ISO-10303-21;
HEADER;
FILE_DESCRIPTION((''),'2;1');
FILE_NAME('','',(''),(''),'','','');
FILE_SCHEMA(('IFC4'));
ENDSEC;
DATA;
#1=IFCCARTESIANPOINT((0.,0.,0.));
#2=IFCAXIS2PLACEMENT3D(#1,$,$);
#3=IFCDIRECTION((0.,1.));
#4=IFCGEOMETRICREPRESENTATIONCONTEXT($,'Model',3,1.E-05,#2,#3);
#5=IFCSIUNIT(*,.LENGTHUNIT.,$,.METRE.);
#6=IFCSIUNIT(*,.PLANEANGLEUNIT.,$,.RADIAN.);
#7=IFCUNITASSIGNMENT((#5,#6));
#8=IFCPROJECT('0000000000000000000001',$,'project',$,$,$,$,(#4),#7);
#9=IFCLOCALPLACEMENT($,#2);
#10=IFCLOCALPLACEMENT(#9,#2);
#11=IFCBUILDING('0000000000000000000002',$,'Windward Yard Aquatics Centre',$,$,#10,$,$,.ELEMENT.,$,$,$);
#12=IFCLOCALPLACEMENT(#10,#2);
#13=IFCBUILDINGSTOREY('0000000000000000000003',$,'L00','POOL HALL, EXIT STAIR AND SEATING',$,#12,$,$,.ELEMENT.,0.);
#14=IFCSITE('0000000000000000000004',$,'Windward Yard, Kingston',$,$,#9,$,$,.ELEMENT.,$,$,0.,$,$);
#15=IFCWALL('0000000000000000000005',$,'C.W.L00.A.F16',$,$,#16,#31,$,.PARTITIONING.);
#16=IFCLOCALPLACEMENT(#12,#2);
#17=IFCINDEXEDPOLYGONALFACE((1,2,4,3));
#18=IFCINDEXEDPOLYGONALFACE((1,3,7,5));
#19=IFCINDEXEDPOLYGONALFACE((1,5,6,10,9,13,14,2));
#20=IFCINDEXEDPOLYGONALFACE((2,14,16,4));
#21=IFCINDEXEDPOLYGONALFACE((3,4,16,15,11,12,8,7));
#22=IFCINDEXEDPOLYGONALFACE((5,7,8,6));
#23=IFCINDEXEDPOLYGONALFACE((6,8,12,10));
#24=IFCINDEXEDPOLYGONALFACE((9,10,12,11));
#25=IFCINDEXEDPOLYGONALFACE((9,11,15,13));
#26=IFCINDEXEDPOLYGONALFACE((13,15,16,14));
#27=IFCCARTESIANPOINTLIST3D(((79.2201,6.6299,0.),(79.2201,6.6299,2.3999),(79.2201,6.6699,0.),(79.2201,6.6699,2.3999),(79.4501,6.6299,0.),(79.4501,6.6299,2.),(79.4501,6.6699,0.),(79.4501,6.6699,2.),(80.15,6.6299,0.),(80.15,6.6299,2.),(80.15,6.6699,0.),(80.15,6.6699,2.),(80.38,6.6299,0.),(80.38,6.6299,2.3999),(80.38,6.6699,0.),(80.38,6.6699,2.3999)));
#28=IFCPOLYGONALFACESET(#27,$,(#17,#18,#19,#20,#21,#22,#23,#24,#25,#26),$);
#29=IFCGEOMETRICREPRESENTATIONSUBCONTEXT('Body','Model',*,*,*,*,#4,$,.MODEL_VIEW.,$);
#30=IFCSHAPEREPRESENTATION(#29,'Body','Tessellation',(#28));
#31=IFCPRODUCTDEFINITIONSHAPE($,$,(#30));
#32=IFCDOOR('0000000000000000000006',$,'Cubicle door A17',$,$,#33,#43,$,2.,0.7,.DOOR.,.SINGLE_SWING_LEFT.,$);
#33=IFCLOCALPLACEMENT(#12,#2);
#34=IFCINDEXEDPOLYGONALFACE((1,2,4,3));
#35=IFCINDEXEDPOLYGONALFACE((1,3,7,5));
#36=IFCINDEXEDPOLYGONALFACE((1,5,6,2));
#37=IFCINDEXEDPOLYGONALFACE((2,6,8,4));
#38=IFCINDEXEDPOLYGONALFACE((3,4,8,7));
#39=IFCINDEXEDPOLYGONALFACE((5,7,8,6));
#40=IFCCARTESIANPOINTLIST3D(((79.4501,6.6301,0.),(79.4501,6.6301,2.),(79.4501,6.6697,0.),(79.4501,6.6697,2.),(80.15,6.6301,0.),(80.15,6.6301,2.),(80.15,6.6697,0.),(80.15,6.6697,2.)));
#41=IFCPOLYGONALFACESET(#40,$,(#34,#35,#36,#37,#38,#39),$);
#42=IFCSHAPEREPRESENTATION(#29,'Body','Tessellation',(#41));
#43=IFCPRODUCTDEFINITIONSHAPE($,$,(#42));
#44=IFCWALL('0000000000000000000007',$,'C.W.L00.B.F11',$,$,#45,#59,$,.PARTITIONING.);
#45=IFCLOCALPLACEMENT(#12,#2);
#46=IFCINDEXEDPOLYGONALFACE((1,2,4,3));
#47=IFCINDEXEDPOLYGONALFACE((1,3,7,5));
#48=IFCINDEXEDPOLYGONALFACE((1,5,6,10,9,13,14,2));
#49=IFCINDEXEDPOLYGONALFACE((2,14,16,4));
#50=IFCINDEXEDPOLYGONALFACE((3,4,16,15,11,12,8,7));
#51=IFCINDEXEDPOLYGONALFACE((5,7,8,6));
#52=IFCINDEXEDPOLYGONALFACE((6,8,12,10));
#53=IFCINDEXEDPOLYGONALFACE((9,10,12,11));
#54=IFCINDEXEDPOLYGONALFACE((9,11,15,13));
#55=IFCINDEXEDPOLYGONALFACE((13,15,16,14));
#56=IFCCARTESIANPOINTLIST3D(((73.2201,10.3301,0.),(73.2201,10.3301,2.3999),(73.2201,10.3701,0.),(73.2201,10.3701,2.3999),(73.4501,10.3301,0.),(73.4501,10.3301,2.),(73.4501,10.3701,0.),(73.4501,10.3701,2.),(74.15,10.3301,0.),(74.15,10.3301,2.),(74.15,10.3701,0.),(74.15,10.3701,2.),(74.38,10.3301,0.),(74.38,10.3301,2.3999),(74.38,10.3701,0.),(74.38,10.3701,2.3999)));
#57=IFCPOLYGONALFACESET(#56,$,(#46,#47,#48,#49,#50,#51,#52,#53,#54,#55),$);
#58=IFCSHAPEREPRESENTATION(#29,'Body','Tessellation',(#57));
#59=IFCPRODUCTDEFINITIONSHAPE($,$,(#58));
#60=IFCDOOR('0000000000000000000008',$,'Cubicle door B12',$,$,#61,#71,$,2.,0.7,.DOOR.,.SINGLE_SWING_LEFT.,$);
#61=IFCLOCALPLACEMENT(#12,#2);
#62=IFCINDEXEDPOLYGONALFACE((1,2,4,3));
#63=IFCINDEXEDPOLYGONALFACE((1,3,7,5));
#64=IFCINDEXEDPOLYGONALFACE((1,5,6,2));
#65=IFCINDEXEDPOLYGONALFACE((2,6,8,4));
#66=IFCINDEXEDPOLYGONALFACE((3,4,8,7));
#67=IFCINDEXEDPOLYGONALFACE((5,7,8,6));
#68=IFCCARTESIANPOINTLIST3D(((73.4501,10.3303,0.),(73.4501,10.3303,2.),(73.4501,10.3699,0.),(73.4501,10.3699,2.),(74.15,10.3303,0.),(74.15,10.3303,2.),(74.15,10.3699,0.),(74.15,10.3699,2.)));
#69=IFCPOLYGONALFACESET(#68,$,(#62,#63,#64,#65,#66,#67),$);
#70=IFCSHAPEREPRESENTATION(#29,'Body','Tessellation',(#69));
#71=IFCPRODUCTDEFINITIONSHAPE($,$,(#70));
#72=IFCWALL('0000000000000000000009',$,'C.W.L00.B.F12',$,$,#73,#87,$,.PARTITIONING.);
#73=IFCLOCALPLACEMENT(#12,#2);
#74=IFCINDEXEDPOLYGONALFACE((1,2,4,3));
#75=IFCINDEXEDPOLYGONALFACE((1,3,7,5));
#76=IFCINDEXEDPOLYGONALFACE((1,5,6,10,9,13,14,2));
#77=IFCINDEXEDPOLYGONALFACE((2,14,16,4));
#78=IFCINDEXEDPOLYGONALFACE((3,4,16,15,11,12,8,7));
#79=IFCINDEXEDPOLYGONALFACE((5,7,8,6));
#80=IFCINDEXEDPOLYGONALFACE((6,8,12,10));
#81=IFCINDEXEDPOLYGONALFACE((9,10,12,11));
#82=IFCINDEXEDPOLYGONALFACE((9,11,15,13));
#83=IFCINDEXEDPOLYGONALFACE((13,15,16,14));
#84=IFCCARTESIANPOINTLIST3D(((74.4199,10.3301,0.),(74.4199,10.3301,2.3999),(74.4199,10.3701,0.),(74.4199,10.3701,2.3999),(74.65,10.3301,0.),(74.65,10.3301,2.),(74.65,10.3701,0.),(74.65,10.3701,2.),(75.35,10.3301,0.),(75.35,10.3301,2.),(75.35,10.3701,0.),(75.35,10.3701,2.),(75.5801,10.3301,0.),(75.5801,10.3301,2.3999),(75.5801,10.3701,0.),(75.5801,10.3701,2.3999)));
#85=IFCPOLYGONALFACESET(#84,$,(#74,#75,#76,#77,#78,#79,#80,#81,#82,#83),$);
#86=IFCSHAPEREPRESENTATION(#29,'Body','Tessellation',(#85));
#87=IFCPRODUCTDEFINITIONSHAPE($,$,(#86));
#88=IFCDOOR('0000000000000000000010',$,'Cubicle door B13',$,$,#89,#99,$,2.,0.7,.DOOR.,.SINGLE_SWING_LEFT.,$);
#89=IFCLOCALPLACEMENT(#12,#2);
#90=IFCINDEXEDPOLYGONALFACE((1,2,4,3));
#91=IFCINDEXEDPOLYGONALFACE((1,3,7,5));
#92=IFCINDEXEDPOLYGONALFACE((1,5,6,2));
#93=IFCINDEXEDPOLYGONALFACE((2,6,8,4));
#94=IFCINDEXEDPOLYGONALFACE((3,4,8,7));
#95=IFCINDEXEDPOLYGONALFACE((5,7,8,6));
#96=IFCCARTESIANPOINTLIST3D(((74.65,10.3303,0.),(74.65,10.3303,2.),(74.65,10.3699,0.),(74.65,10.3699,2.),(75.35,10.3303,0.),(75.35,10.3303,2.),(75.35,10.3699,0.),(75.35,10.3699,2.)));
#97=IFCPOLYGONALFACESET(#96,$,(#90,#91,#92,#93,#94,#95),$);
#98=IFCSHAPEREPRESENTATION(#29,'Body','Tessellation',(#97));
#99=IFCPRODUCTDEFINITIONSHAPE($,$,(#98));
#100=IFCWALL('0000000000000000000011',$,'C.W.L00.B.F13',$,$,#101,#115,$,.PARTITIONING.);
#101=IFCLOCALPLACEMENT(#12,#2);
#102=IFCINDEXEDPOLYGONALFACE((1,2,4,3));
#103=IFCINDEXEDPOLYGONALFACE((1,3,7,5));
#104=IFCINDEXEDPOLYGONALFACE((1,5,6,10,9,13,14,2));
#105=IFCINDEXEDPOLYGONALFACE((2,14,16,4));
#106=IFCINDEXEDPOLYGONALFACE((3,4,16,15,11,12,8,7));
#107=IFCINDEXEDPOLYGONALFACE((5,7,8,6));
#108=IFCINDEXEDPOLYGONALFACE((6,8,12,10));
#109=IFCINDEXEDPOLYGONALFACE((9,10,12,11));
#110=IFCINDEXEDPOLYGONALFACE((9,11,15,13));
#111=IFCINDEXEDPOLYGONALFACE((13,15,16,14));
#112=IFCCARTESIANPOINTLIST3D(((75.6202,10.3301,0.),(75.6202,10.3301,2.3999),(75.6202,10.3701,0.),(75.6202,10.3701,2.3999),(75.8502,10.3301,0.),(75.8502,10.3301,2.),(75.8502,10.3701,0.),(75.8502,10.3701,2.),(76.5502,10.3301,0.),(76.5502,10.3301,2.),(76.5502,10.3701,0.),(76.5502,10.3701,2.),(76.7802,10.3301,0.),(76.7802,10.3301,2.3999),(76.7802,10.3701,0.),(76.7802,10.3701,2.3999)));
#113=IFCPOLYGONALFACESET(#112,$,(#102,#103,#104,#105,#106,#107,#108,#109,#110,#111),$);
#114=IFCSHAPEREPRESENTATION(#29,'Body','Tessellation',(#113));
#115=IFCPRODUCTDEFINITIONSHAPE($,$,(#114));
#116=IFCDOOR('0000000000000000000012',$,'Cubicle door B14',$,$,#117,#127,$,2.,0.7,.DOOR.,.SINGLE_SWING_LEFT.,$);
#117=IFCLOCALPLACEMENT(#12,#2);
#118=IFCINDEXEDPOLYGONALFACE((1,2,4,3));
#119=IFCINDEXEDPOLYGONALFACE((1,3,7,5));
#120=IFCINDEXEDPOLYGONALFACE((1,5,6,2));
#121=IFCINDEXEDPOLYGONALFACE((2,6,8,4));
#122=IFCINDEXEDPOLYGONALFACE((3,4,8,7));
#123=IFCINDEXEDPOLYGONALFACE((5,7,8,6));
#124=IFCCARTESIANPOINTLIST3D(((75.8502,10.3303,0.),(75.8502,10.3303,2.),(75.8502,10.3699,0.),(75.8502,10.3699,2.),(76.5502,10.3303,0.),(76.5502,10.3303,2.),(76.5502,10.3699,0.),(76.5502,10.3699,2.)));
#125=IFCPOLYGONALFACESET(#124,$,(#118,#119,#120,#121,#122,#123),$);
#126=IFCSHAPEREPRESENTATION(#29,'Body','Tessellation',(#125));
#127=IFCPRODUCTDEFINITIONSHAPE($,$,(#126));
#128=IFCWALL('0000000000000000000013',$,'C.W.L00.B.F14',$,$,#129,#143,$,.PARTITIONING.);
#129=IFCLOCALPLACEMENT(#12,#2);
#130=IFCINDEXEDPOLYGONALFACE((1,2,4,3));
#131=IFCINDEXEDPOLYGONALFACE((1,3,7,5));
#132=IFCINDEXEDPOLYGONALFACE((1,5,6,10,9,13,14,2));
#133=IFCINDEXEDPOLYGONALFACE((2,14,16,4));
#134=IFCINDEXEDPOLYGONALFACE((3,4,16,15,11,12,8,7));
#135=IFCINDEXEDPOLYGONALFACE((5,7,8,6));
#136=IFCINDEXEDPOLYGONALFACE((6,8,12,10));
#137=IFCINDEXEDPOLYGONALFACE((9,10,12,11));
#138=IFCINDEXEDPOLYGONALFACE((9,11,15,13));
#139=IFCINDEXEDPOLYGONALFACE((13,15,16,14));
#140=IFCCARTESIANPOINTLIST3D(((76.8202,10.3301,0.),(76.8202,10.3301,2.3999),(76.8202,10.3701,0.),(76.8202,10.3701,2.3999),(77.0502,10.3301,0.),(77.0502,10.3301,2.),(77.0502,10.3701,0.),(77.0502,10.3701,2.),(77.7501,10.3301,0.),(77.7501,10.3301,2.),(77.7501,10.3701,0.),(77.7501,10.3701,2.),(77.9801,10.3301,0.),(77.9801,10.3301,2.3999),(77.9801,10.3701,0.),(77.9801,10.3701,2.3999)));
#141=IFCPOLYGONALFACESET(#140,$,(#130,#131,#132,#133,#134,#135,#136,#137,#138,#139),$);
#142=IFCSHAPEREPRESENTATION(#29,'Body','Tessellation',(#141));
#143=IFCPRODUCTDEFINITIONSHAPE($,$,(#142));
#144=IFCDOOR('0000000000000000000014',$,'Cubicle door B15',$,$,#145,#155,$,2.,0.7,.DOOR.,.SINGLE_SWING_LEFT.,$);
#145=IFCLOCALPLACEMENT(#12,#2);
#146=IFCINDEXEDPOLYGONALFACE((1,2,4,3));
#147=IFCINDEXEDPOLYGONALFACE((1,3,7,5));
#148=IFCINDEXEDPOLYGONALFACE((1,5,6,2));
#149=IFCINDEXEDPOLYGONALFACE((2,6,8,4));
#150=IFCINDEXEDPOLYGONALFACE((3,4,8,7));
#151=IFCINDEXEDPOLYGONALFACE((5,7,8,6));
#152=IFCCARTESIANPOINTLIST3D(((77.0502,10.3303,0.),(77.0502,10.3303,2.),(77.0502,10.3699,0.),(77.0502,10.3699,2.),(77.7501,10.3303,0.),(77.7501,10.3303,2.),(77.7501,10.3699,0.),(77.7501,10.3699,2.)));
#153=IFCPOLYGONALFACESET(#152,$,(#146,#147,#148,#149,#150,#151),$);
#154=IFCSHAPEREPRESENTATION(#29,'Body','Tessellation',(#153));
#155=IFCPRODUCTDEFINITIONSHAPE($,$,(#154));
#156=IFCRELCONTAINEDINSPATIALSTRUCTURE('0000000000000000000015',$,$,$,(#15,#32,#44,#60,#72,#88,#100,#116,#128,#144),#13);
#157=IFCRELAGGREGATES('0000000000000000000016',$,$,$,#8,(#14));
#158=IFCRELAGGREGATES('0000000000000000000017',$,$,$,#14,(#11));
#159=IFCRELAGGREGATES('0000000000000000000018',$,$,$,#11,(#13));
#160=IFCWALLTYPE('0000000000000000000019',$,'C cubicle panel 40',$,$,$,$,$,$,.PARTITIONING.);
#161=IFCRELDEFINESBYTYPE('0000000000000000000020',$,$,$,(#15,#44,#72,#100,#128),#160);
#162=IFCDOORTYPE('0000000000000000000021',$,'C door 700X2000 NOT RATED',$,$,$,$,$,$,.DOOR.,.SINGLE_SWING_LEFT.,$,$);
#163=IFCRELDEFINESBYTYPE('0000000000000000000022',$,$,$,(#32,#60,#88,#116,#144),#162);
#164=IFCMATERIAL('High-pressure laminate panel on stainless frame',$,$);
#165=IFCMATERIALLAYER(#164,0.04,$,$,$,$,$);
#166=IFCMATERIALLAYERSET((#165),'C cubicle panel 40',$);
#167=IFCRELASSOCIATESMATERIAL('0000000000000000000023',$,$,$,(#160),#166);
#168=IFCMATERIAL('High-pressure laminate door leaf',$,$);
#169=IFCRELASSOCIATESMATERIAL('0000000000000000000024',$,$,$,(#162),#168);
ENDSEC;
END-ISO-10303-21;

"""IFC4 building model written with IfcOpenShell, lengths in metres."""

from ifc_helpers import new_model, si_unit, direction, frame, frame_2d, origin, place, context, subcontext, project, spatial, rectangle, extrude, material, layer, layer_set, type_object, element, fill, save


model = new_model("IFC4")

# Units and contexts
model_context = context("Model", 3, precision=1e-05, world=origin(), true_north=direction((0.0, 1.0)))
body_context = subcontext(model_context, "Body", "Model", "MODEL_VIEW")
ifc_project = project(units=[si_unit("LENGTHUNIT", "METRE"), si_unit("PLANEANGLEUNIT", "RADIAN")], contexts=[model_context])

# Site, building, storey
site_placement = place(None, origin())
site = spatial("IfcSite", under=ifc_project, at=site_placement, Name="Windward Yard, Kingston", CompositionType="ELEMENT", RefElevation=0.0)
building_placement = place(site_placement, origin())
building = spatial("IfcBuilding", under=site, at=building_placement, Name="Windward Yard Aquatics Centre", CompositionType="ELEMENT")
storey_placement = place(building_placement, origin())
storey = spatial("IfcBuildingStorey", under=building, at=storey_placement, Name="L00", Description="POOL HALL, EXIT STAIR AND SEATING", CompositionType="ELEMENT", Elevation=0.0)

# Shared definitions
ifc_material_1 = material(Name="High-pressure laminate panel on stainless frame")
ifc_layer = layer(ifc_material_1, 0.04)
ifc_layer_set = layer_set([ifc_layer], Name="C cubicle panel 40")
wall_type = type_object("IfcWallType", Name="C cubicle panel 40", PredefinedType="PARTITIONING", material=ifc_layer_set)

# Walls, openings, doors
ifc_material_2 = material(Name="High-pressure laminate door leaf")
door_type = type_object("IfcDoorType", Name="C door 700X2000 NOT RATED", OperationType="SINGLE_SWING_LEFT", PredefinedType="DOOR", material=ifc_material_2)
wall_1_placement = place(storey_placement, frame((79.22, 6.6499, 0.0), z_axis=(0.0, 0.0, 1.0), x_axis=(1.0, 0.0, 0.0)))
wall_1 = element("IfcWall", 1, at=wall_1_placement, inside=storey, type_object=wall_type, Name="C.W.L00.A.F16", PredefinedType="PARTITIONING", context=body_context, shape_type="SweptSolid", body=[
    extrude(rectangle(XDim=1.1599, YDim=0.04, at=frame_2d((0.5801, 0.0))), origin(), (0.0, 0.0, 1.0), 2.3999),
])
opening_1_placement = place(wall_1_placement, frame((0.23, 0.0, 0.0)))
opening_1 = element("IfcOpeningElement", 2, at=opening_1_placement, cuts=wall_1, PredefinedType="OPENING", context=body_context, shape_type="SweptSolid", body=[
    extrude(rectangle(XDim=0.7, YDim=2.0, at=frame_2d((0.3501, 1.0))), frame((0.0, 0.03, 0.0), z_axis=(0.0, -1.0, 0.0), x_axis=(1.0, 0.0, 0.0)), (0.0, 0.0, 1.0), 0.0601),
])
door_1_placement = place(opening_1_placement, origin())
door_1 = element("IfcDoor", 3, at=door_1_placement, inside=storey, type_object=door_type, Name="Cubicle door A17", OperationType="SINGLE_SWING_LEFT", OverallHeight=2.0, OverallWidth=0.7, PredefinedType="DOOR", context=body_context, shape_type="SweptSolid", body=[
    extrude(rectangle(XDim=0.7, YDim=2.0, at=frame_2d((0.3501, 1.0))), frame((0.0, 0.0198, 0.0), z_axis=(0.0, -1.0, 0.0), x_axis=(1.0, 0.0, 0.0)), (0.0, 0.0, 1.0), 0.0396),
])
fill(opening_1, door_1)
wall_2_placement = place(storey_placement, frame((73.22, 10.3501, 0.0), z_axis=(0.0, 0.0, 1.0), x_axis=(1.0, 0.0, 0.0)))
wall_2 = element("IfcWall", 4, at=wall_2_placement, inside=storey, type_object=wall_type, Name="C.W.L00.B.F11", PredefinedType="PARTITIONING", context=body_context, shape_type="SweptSolid", body=[
    extrude(rectangle(XDim=1.1599, YDim=0.04, at=frame_2d((0.5801, 0.0))), origin(), (0.0, 0.0, 1.0), 2.3999),
])
opening_2_placement = place(wall_2_placement, frame((0.23, 0.0, 0.0)))
opening_2 = element("IfcOpeningElement", 5, at=opening_2_placement, cuts=wall_2, PredefinedType="OPENING", context=body_context, shape_type="SweptSolid", body=[
    extrude(rectangle(XDim=0.7, YDim=2.0, at=frame_2d((0.3501, 1.0))), frame((0.0, 0.03, 0.0), z_axis=(0.0, -1.0, 0.0), x_axis=(1.0, 0.0, 0.0)), (0.0, 0.0, 1.0), 0.0601),
])
door_2_placement = place(opening_2_placement, origin())
door_2 = element("IfcDoor", 6, at=door_2_placement, inside=storey, type_object=door_type, Name="Cubicle door B12", OperationType="SINGLE_SWING_LEFT", OverallHeight=2.0, OverallWidth=0.7, PredefinedType="DOOR", context=body_context, shape_type="SweptSolid", body=[
    extrude(rectangle(XDim=0.7, YDim=2.0, at=frame_2d((0.3501, 1.0))), frame((0.0, 0.0198, 0.0), z_axis=(0.0, -1.0, 0.0), x_axis=(1.0, 0.0, 0.0)), (0.0, 0.0, 1.0), 0.0396),
])
fill(opening_2, door_2)
wall_3_placement = place(storey_placement, frame((74.4199, 10.3501, 0.0), z_axis=(0.0, 0.0, 1.0), x_axis=(1.0, 0.0, 0.0)))
wall_3 = element("IfcWall", 7, at=wall_3_placement, inside=storey, type_object=wall_type, Name="C.W.L00.B.F12", PredefinedType="PARTITIONING", context=body_context, shape_type="SweptSolid", body=[
    extrude(rectangle(XDim=1.1602, YDim=0.04, at=frame_2d((0.5801, 0.0))), origin(), (0.0, 0.0, 1.0), 2.3999),
])
opening_3_placement = place(wall_3_placement, frame((0.23, 0.0, 0.0)))
opening_3 = element("IfcOpeningElement", 8, at=opening_3_placement, cuts=wall_3, PredefinedType="OPENING", context=body_context, shape_type="SweptSolid", body=[
    extrude(rectangle(XDim=0.7, YDim=2.0, at=frame_2d((0.3501, 1.0))), frame((0.0, 0.03, 0.0), z_axis=(0.0, -1.0, 0.0), x_axis=(1.0, 0.0, 0.0)), (0.0, 0.0, 1.0), 0.0601),
])
door_3_placement = place(opening_3_placement, origin())
door_3 = element("IfcDoor", 9, at=door_3_placement, inside=storey, type_object=door_type, Name="Cubicle door B13", OperationType="SINGLE_SWING_LEFT", OverallHeight=2.0, OverallWidth=0.7, PredefinedType="DOOR", context=body_context, shape_type="SweptSolid", body=[
    extrude(rectangle(XDim=0.7, YDim=2.0, at=frame_2d((0.3501, 1.0))), frame((0.0, 0.0198, 0.0), z_axis=(0.0, -1.0, 0.0), x_axis=(1.0, 0.0, 0.0)), (0.0, 0.0, 1.0), 0.0396),
])
fill(opening_3, door_3)
wall_4_placement = place(storey_placement, frame((75.6201, 10.3501, 0.0), z_axis=(0.0, 0.0, 1.0), x_axis=(1.0, 0.0, 0.0)))
wall_4 = element("IfcWall", 10, at=wall_4_placement, inside=storey, type_object=wall_type, Name="C.W.L00.B.F13", PredefinedType="PARTITIONING", context=body_context, shape_type="SweptSolid", body=[
    extrude(rectangle(XDim=1.1599, YDim=0.04, at=frame_2d((0.5801, 0.0))), origin(), (0.0, 0.0, 1.0), 2.3999),
])
opening_4_placement = place(wall_4_placement, frame((0.23, 0.0, 0.0)))
opening_4 = element("IfcOpeningElement", 11, at=opening_4_placement, cuts=wall_4, PredefinedType="OPENING", context=body_context, shape_type="SweptSolid", body=[
    extrude(rectangle(XDim=0.7, YDim=2.0, at=frame_2d((0.3501, 1.0))), frame((0.0, 0.03, 0.0), z_axis=(0.0, -1.0, 0.0), x_axis=(1.0, 0.0, 0.0)), (0.0, 0.0, 1.0), 0.0601),
])
door_4_placement = place(opening_4_placement, origin())
door_4 = element("IfcDoor", 12, at=door_4_placement, inside=storey, type_object=door_type, Name="Cubicle door B14", OperationType="SINGLE_SWING_LEFT", OverallHeight=2.0, OverallWidth=0.7, PredefinedType="DOOR", context=body_context, shape_type="SweptSolid", body=[
    extrude(rectangle(XDim=0.7, YDim=2.0, at=frame_2d((0.3501, 1.0))), frame((0.0, 0.0198, 0.0), z_axis=(0.0, -1.0, 0.0), x_axis=(1.0, 0.0, 0.0)), (0.0, 0.0, 1.0), 0.0396),
])
fill(opening_4, door_4)
wall_5_placement = place(storey_placement, frame((76.8201, 10.3501, 0.0), z_axis=(0.0, 0.0, 1.0), x_axis=(1.0, 0.0, 0.0)))
wall_5 = element("IfcWall", 13, at=wall_5_placement, inside=storey, type_object=wall_type, Name="C.W.L00.B.F14", PredefinedType="PARTITIONING", context=body_context, shape_type="SweptSolid", body=[
    extrude(rectangle(XDim=1.1599, YDim=0.04, at=frame_2d((0.5801, 0.0))), origin(), (0.0, 0.0, 1.0), 2.3999),
])
opening_5_placement = place(wall_5_placement, frame((0.23, 0.0, 0.0)))
opening_5 = element("IfcOpeningElement", 14, at=opening_5_placement, cuts=wall_5, PredefinedType="OPENING", context=body_context, shape_type="SweptSolid", body=[
    extrude(rectangle(XDim=0.7, YDim=2.0, at=frame_2d((0.3501, 1.0))), frame((0.0, 0.03, 0.0), z_axis=(0.0, -1.0, 0.0), x_axis=(1.0, 0.0, 0.0)), (0.0, 0.0, 1.0), 0.0601),
])
door_5_placement = place(opening_5_placement, origin())
door_5 = element("IfcDoor", 15, at=door_5_placement, inside=storey, type_object=door_type, Name="Cubicle door B15", OperationType="SINGLE_SWING_LEFT", OverallHeight=2.0, OverallWidth=0.7, PredefinedType="DOOR", context=body_context, shape_type="SweptSolid", body=[
    extrude(rectangle(XDim=0.7, YDim=2.0, at=frame_2d((0.3501, 1.0))), frame((0.0, 0.0198, 0.0), z_axis=(0.0, -1.0, 0.0), x_axis=(1.0, 0.0, 0.0)), (0.0, 0.0, 1.0), 0.0396),
])
fill(opening_5, door_5)

save(model, "model.ifc")
